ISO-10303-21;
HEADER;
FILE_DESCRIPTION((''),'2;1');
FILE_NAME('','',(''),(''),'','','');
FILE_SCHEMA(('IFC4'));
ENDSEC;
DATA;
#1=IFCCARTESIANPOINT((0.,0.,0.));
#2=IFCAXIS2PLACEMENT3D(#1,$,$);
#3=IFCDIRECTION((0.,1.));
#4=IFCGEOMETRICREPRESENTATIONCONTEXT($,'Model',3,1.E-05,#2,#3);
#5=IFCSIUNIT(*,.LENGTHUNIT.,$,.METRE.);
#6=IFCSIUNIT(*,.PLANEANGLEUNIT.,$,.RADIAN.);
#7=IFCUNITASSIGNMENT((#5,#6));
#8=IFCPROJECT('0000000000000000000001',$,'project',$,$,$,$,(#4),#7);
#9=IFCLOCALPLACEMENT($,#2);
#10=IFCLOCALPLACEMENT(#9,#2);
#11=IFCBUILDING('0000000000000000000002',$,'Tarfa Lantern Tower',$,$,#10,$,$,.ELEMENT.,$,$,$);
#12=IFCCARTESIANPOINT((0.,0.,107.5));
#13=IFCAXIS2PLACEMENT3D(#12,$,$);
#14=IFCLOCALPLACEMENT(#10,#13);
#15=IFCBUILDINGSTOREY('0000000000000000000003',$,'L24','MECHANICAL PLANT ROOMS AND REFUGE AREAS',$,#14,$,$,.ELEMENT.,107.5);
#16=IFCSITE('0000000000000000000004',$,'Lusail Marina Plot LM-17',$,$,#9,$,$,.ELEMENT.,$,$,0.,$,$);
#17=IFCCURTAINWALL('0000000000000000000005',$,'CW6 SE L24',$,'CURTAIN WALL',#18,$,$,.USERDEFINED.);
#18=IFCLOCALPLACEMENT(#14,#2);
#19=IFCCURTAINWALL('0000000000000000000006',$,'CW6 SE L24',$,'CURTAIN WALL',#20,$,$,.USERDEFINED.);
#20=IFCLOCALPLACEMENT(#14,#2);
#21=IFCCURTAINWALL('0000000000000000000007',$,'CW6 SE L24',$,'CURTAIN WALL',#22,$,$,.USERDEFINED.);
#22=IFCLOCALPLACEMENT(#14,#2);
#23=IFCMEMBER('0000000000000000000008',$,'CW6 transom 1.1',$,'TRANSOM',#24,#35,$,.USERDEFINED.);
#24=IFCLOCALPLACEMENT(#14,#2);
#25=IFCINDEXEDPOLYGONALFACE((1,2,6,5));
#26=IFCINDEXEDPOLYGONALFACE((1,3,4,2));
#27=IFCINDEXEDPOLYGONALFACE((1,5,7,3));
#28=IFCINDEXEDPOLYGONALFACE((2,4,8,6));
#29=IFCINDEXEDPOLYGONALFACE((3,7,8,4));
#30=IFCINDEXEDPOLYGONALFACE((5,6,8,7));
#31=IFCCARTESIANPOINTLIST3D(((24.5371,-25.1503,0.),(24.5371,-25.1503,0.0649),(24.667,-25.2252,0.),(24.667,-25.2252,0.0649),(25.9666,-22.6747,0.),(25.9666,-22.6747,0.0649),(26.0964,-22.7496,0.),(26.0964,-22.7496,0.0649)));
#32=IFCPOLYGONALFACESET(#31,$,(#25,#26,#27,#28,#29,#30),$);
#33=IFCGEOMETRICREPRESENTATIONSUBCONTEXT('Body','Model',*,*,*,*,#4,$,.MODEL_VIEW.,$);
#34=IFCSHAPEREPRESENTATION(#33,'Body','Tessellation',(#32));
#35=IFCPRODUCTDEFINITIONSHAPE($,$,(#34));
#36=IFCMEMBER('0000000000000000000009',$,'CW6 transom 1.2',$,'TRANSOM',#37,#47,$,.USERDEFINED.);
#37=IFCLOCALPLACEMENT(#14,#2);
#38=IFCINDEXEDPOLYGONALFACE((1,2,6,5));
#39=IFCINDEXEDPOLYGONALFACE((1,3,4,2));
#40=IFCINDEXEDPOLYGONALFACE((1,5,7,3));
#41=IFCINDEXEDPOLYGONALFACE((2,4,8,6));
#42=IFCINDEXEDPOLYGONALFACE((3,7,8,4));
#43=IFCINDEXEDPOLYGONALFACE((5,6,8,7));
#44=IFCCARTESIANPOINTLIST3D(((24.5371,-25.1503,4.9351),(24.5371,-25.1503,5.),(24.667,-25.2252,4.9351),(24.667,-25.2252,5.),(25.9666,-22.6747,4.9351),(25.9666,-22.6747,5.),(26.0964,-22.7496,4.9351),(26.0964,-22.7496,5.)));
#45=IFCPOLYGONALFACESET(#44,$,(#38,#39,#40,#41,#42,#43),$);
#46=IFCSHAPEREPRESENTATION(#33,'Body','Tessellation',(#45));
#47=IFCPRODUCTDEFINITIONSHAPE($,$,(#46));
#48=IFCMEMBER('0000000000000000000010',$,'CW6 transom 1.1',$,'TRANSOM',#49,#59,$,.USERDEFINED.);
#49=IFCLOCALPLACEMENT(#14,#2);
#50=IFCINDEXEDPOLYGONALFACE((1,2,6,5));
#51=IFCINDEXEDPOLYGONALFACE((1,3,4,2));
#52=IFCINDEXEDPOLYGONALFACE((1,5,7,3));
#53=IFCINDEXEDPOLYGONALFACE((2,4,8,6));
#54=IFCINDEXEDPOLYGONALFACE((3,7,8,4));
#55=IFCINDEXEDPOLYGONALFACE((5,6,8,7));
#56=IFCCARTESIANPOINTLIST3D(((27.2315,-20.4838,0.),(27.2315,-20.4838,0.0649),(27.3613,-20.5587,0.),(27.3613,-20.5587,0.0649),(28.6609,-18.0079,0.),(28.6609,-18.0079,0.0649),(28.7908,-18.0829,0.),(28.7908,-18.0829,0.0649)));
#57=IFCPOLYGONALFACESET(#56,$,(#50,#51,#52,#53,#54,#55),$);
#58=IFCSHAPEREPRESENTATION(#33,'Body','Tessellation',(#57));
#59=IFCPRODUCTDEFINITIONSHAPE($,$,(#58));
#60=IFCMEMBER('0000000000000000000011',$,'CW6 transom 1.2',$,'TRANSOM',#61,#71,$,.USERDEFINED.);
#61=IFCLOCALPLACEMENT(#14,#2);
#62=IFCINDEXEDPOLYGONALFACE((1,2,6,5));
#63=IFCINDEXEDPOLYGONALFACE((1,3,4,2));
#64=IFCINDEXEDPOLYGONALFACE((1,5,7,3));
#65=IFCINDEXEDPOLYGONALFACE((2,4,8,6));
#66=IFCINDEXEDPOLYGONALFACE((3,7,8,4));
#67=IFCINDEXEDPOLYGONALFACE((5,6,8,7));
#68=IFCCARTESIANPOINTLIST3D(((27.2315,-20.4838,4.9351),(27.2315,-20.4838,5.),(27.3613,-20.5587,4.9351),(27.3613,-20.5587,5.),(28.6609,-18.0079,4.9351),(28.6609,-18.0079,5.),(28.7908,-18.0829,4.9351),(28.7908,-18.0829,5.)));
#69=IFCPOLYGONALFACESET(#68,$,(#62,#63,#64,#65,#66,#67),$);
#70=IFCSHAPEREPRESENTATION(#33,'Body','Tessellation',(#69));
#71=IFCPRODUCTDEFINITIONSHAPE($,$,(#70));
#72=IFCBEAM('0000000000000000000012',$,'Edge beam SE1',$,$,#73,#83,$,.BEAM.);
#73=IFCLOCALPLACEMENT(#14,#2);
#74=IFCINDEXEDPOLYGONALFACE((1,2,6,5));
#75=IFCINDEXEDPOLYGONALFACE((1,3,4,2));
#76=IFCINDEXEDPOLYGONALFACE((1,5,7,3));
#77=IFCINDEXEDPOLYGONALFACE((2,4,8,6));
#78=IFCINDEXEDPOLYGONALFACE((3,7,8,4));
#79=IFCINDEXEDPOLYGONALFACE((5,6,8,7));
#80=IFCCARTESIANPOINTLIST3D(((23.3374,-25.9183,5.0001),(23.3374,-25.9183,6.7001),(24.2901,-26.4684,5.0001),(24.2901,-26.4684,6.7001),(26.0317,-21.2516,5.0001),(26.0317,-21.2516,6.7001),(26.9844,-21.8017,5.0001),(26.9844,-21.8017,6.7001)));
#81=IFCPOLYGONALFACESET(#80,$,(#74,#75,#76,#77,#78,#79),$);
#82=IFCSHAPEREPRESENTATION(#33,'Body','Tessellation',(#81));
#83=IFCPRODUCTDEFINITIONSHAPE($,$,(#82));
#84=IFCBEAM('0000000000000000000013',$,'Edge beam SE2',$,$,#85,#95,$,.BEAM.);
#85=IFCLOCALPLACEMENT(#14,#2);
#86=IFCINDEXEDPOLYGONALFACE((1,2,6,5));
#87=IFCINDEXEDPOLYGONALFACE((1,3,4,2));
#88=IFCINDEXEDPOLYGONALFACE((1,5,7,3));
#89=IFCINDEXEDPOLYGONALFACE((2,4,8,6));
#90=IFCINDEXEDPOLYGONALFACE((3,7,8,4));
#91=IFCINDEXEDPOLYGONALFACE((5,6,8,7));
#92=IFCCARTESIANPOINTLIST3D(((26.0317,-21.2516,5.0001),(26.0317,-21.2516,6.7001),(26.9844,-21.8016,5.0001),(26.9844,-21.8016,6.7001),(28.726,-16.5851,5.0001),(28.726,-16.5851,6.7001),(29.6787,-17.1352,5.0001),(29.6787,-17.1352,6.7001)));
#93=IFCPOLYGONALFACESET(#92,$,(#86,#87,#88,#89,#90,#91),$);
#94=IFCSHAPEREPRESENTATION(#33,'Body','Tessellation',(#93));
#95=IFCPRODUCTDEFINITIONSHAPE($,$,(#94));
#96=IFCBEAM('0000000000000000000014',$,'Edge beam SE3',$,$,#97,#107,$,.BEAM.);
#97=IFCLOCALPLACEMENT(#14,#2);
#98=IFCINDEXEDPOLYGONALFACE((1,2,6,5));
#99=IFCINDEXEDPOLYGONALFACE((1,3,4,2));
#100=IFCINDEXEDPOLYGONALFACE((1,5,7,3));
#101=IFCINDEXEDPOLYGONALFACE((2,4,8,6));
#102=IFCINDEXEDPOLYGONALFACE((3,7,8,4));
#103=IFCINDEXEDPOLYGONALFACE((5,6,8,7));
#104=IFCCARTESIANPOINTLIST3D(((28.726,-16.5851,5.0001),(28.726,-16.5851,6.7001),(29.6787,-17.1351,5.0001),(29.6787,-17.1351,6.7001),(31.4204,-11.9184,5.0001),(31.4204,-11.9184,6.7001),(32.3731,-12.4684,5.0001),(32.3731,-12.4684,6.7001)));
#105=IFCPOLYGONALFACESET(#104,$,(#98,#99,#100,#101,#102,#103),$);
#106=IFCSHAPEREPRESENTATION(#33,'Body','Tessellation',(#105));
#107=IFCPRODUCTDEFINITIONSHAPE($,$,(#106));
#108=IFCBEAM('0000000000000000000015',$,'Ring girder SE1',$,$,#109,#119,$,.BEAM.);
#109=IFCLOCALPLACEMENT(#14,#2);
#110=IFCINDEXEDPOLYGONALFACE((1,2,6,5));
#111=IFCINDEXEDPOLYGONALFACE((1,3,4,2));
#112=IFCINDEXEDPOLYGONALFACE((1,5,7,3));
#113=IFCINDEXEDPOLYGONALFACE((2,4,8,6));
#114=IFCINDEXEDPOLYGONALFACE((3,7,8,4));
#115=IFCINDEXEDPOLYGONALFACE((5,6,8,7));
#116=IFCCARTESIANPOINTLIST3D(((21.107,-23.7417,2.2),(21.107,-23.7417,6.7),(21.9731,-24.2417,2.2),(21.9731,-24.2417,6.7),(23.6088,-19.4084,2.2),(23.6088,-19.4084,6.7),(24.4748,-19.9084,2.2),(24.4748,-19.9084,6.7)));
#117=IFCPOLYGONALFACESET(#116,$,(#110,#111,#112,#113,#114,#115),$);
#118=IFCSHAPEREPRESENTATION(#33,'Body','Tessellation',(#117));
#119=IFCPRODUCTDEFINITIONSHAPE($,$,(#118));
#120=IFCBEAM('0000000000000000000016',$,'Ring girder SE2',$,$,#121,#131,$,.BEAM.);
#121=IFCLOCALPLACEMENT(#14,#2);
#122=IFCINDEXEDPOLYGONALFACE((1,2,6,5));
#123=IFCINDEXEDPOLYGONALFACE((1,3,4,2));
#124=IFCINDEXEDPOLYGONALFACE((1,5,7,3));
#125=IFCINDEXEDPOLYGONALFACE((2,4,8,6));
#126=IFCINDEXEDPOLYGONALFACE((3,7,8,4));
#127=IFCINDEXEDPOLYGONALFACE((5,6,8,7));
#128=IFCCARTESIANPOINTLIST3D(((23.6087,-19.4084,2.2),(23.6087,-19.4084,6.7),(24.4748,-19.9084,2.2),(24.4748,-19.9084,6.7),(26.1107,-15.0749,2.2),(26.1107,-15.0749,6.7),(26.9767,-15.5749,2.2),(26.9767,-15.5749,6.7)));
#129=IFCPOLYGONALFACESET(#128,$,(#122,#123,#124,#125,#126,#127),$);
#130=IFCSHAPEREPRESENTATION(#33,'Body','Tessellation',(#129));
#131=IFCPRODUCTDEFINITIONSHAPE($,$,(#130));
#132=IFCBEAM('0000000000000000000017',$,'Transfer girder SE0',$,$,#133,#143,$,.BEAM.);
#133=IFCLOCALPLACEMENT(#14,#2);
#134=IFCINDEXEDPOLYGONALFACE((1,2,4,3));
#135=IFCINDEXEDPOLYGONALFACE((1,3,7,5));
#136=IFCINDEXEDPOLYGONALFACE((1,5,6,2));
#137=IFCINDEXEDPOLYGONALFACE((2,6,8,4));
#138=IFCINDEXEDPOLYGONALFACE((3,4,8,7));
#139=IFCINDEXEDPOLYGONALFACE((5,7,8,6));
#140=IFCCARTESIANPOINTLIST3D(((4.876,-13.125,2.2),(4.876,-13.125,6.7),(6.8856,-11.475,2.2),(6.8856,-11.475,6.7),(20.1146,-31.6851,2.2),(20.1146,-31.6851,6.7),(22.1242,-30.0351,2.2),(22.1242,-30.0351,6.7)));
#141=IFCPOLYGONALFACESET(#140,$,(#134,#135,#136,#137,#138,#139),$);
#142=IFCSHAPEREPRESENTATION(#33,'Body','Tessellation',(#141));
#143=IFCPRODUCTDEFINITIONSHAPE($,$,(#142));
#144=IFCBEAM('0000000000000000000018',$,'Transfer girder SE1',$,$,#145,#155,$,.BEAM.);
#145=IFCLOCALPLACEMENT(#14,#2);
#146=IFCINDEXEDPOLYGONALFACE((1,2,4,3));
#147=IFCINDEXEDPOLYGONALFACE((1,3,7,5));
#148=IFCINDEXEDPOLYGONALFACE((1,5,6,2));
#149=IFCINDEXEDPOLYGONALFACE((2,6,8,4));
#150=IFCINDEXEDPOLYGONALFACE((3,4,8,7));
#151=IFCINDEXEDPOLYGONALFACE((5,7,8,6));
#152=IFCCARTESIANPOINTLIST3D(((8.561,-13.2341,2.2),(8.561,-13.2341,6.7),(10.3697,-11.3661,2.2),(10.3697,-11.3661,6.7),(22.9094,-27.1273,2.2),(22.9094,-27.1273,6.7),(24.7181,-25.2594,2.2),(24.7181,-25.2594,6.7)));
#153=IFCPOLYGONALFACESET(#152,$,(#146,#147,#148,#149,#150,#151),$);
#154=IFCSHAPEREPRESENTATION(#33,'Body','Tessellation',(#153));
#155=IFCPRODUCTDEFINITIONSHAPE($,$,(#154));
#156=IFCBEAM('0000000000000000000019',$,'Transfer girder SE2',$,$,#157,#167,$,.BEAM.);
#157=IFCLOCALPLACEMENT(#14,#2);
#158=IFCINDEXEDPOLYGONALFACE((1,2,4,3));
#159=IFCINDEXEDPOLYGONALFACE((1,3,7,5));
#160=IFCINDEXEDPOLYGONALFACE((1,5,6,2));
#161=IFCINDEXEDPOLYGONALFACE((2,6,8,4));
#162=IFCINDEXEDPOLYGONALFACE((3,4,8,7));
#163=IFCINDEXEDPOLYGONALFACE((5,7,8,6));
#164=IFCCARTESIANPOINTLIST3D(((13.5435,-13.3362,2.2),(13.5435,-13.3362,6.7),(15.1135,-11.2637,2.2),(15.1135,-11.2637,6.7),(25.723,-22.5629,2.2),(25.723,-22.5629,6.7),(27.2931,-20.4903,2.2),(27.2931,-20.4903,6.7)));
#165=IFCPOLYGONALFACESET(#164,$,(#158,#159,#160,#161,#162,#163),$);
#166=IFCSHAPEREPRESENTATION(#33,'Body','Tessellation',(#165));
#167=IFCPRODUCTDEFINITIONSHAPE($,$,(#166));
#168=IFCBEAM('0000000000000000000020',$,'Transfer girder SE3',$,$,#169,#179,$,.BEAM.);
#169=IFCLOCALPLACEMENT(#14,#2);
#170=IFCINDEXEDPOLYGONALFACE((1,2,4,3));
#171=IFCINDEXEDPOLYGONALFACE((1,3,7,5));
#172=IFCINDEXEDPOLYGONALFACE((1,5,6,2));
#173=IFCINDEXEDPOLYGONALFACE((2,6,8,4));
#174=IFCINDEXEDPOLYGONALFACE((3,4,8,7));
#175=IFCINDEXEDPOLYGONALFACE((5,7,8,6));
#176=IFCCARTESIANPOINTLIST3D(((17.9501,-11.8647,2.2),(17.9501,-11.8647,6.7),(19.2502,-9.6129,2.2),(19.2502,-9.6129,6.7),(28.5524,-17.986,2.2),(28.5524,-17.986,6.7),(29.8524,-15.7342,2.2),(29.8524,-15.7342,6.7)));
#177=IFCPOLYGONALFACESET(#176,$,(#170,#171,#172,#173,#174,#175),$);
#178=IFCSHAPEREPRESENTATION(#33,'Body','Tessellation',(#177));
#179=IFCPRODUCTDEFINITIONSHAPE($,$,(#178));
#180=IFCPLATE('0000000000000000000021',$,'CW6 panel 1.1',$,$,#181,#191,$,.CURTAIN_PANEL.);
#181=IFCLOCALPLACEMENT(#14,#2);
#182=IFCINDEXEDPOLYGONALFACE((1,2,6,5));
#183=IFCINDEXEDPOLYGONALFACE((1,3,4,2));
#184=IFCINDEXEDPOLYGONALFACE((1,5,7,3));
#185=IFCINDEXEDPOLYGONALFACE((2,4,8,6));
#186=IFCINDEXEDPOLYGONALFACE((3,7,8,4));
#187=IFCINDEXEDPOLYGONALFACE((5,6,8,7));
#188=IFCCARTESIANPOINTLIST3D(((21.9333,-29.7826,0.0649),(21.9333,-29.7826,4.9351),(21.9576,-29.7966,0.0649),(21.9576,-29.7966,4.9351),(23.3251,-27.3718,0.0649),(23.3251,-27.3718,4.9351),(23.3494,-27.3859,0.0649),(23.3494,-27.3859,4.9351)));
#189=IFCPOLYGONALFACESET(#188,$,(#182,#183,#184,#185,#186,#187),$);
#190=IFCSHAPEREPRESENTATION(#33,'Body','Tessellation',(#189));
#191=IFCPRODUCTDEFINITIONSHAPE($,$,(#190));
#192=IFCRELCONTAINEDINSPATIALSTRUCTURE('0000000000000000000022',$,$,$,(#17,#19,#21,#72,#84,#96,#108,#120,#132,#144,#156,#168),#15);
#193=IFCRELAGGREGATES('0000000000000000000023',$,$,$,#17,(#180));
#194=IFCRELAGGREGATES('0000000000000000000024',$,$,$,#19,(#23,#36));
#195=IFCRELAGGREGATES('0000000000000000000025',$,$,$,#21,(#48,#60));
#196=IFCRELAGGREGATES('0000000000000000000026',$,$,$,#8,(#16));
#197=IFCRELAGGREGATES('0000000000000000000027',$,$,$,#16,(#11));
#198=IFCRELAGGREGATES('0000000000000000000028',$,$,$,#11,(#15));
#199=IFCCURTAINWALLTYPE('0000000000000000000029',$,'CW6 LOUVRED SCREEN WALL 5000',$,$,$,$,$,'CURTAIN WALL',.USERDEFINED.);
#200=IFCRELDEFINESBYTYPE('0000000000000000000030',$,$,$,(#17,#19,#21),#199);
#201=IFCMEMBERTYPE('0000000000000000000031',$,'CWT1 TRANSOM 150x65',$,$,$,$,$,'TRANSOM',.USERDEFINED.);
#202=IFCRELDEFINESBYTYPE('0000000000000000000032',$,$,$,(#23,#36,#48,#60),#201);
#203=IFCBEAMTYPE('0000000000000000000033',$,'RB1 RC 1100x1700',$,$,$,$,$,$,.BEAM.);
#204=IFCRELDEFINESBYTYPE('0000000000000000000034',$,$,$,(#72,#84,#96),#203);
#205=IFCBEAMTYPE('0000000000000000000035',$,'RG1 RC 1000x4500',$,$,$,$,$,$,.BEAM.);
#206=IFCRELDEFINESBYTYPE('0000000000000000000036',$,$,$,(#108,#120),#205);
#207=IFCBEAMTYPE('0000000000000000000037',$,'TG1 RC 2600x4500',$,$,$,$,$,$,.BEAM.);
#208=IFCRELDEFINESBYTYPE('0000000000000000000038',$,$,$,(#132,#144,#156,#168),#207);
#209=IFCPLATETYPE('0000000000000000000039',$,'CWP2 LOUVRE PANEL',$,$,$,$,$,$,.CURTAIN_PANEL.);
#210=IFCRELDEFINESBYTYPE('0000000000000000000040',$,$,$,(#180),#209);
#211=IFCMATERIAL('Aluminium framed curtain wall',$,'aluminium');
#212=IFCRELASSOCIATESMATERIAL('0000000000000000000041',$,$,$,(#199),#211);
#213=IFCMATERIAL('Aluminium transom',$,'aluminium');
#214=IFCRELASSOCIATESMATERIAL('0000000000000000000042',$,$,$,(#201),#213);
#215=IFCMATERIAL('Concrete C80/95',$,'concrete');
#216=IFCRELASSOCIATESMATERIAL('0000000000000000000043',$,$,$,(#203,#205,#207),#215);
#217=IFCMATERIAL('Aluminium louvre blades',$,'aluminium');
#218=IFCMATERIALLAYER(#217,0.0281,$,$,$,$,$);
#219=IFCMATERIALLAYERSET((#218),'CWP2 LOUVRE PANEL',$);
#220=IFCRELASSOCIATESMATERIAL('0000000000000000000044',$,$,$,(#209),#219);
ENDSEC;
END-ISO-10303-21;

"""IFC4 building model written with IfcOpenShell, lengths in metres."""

from ifc_helpers import new_model, si_unit, direction, frame, origin, origin_2d, place, context, subcontext, project, spatial, rectangle, extrude, material, layer, layer_set, material_profile, profile_set, type_object, element, aggregate, save


model = new_model("IFC4")

# Units and contexts
model_context = context("Model", 3, precision=1e-05, world=origin(), true_north=direction((0.0, 1.0)))
body_context = subcontext(model_context, "Body", "Model", "MODEL_VIEW")
ifc_project = project(units=[si_unit("LENGTHUNIT", "METRE"), si_unit("PLANEANGLEUNIT", "RADIAN")], contexts=[model_context])

# Site, building, storey
site_placement = place(None, origin())
site = spatial("IfcSite", under=ifc_project, at=site_placement, Name="Lusail Marina Plot LM-17", CompositionType="ELEMENT", RefElevation=0.0)
building_placement = place(site_placement, origin())
building = spatial("IfcBuilding", under=site, at=building_placement, Name="Tarfa Lantern Tower", CompositionType="ELEMENT")
storey_placement = place(building_placement, frame((0.0, 0.0, 107.5)))
storey = spatial("IfcBuildingStorey", under=building, at=storey_placement, Name="L24", Description="MECHANICAL PLANT ROOMS AND REFUGE AREAS", CompositionType="ELEMENT", Elevation=107.5)

# Shared definitions
ifc_material_1 = material(Name="Concrete C80/95", Category="concrete")

# Curtain walls
ifc_material_2 = material(Name="Aluminium framed curtain wall", Category="aluminium")
curtain_wall_type = type_object("IfcCurtainWallType", Name="CW6 LOUVRED SCREEN WALL 5000", ElementType="CURTAIN WALL", PredefinedType="USERDEFINED", material=ifc_material_2)
curtain_wall_1_placement = place(storey_placement, origin())
curtain_wall_1 = element("IfcCurtainWall", 1, at=curtain_wall_1_placement, inside=storey, type_object=curtain_wall_type, Name="CW6 SE L24", ObjectType="CURTAIN WALL", PredefinedType="USERDEFINED")
curtain_wall_2_placement = place(storey_placement, origin())
curtain_wall_2 = element("IfcCurtainWall", 2, at=curtain_wall_2_placement, inside=storey, type_object=curtain_wall_type, Name="CW6 SE L24", ObjectType="CURTAIN WALL", PredefinedType="USERDEFINED")
curtain_wall_3_placement = place(storey_placement, origin())
curtain_wall_3 = element("IfcCurtainWall", 3, at=curtain_wall_3_placement, inside=storey, type_object=curtain_wall_type, Name="CW6 SE L24", ObjectType="CURTAIN WALL", PredefinedType="USERDEFINED")

# Members
ifc_material_3 = material(Name="Aluminium transom", Category="aluminium")
ifc_material_profile_1 = material_profile(ifc_material_3, rectangle(XDim=0.1499, YDim=0.0649, at=origin_2d()), Name="AL TRANSOM 150x65")
ifc_profile_set_1 = profile_set([ifc_material_profile_1], Name="Aluminium transom")
member_type_1 = type_object("IfcMemberType", Name="CWT1 TRANSOM 150x65", ElementType="TRANSOM", PredefinedType="USERDEFINED", material=ifc_profile_set_1)
member_1_placement = place(storey_placement, frame((24.6021, -25.1877, 0.0325), z_axis=(0.500043, 0.866001, 0.0), x_axis=(-0.866001, 0.500043, 0.0)))
member_1 = element("IfcMember", 4, at=member_1_placement, type_object=member_type_1, Name="CW6 transom 1.1", ObjectType="TRANSOM", PredefinedType="USERDEFINED", context=body_context, shape_type="SweptSolid", body=[
    extrude(rectangle(XDim=0.1499, YDim=0.0649, at=origin_2d()), origin(), (0.0, 0.0, 1.0), 2.8586),
])
member_2_placement = place(storey_placement, frame((24.6021, -25.1877, 4.9675), z_axis=(0.500043, 0.866001, 0.0), x_axis=(-0.866001, 0.500043, 0.0)))
member_2 = element("IfcMember", 5, at=member_2_placement, type_object=member_type_1, Name="CW6 transom 1.2", ObjectType="TRANSOM", PredefinedType="USERDEFINED", context=body_context, shape_type="SweptSolid", body=[
    extrude(rectangle(XDim=0.1499, YDim=0.0649, at=origin_2d()), origin(), (0.0, 0.0, 1.0), 2.8586),
])
member_3_placement = place(storey_placement, frame((27.2964, -20.5212, 0.0325), z_axis=(0.500006, 0.866022, 0.0), x_axis=(-0.866022, 0.500006, 0.0)))
member_3 = element("IfcMember", 6, at=member_3_placement, type_object=member_type_1, Name="CW6 transom 1.1", ObjectType="TRANSOM", PredefinedType="USERDEFINED", context=body_context, shape_type="SweptSolid", body=[
    extrude(rectangle(XDim=0.1499, YDim=0.0649, at=origin_2d()), origin(), (0.0, 0.0, 1.0), 2.8589),
])
member_4_placement = place(storey_placement, frame((27.2964, -20.5212, 4.9675), z_axis=(0.500006, 0.866022, 0.0), x_axis=(-0.866022, 0.500006, 0.0)))
member_4 = element("IfcMember", 7, at=member_4_placement, type_object=member_type_1, Name="CW6 transom 1.2", ObjectType="TRANSOM", PredefinedType="USERDEFINED", context=body_context, shape_type="SweptSolid", body=[
    extrude(rectangle(XDim=0.1499, YDim=0.0649, at=origin_2d()), origin(), (0.0, 0.0, 1.0), 2.8589),
])

# Beams
ifc_material_profile_2 = material_profile(ifc_material_1, rectangle(XDim=1.1001, YDim=1.7, at=origin_2d()), Name="RC 1100x1700")
ifc_profile_set_2 = profile_set([ifc_material_profile_2], Name="Concrete C80/95")
beam_type_1 = type_object("IfcBeamType", Name="RB1 RC 1100x1700", PredefinedType="BEAM", material=ifc_profile_set_2)
beam_1_placement = place(storey_placement, frame((23.8137, -26.1934, 5.8501), z_axis=(0.499998, 0.866026, 0.0), x_axis=(-0.866026, 0.499998, 0.0)))
element("IfcBeam", 8, at=beam_1_placement, inside=storey, type_object=beam_type_1, Name="Edge beam SE1", PredefinedType="BEAM", context=body_context, shape_type="SweptSolid", body=[
    extrude(rectangle(XDim=1.1001, YDim=1.7, at=origin_2d()), origin(), (0.0, 0.0, 1.0), 5.3887),
])
beam_2_placement = place(storey_placement, frame((26.5081, -21.5266, 5.8501), z_axis=(0.500018, 0.866015, 0.0), x_axis=(-0.866015, 0.500018, 0.0)))
element("IfcBeam", 9, at=beam_2_placement, inside=storey, type_object=beam_type_1, Name="Edge beam SE2", PredefinedType="BEAM", context=body_context, shape_type="SweptSolid", body=[
    extrude(rectangle(XDim=1.1001, YDim=1.7, at=origin_2d()), origin(), (0.0, 0.0, 1.0), 5.3884),
])
beam_3_placement = place(storey_placement, frame((29.2024, -16.8601, 5.8501), z_axis=(0.499998, 0.866026, 0.0), x_axis=(-0.866026, 0.499998, 0.0)))
element("IfcBeam", 10, at=beam_3_placement, inside=storey, type_object=beam_type_1, Name="Edge beam SE3", PredefinedType="BEAM", context=body_context, shape_type="SweptSolid", body=[
    extrude(rectangle(XDim=1.1001, YDim=1.7, at=origin_2d()), origin(), (0.0, 0.0, 1.0), 5.3887),
])
ifc_material_profile_3 = material_profile(ifc_material_1, rectangle(XDim=1.0, YDim=4.5, at=origin_2d()), Name="RC 1000x4500")
ifc_profile_set_3 = profile_set([ifc_material_profile_3], Name="Concrete C80/95")
beam_type_2 = type_object("IfcBeamType", Name="RG1 RC 1000x4500", PredefinedType="BEAM", material=ifc_profile_set_3)
beam_4_placement = place(storey_placement, frame((21.54, -23.9917, 4.45), z_axis=(0.499986, 0.866034, 0.0), x_axis=(-0.866034, 0.499986, 0.0)))
element("IfcBeam", 11, at=beam_4_placement, inside=storey, type_object=beam_type_2, Name="Ring girder SE1", PredefinedType="BEAM", context=body_context, shape_type="SweptSolid", body=[
    extrude(rectangle(XDim=1.0, YDim=4.5, at=origin_2d()), origin(), (0.0, 0.0, 1.0), 5.0037),
])
beam_5_placement = place(storey_placement, frame((24.0417, -19.6584, 4.45), z_axis=(0.500001, 0.866025, 0.0), x_axis=(-0.866025, 0.500001, 0.0)))
element("IfcBeam", 12, at=beam_5_placement, inside=storey, type_object=beam_type_2, Name="Ring girder SE2", PredefinedType="BEAM", context=body_context, shape_type="SweptSolid", body=[
    extrude(rectangle(XDim=1.0, YDim=4.5, at=origin_2d()), origin(), (0.0, 0.0, 1.0), 5.0039),
])
ifc_material_profile_4 = material_profile(ifc_material_1, rectangle(XDim=2.6001, YDim=4.5, at=origin_2d()), Name="RC 2600x4500")
ifc_profile_set_4 = profile_set([ifc_material_profile_4], Name="Concrete C80/95")
beam_type_3 = type_object("IfcBeamType", Name="TG1 RC 2600x4500", PredefinedType="BEAM", material=ifc_profile_set_4)
beam_6_placement = place(storey_placement, frame((21.1194, -30.8601, 4.45), z_axis=(-0.634559, 0.772874, 0.0), x_axis=(-0.772874, -0.634559, 0.0)))
element("IfcBeam", 13, at=beam_6_placement, inside=storey, type_object=beam_type_3, Name="Transfer girder SE0", PredefinedType="BEAM", context=body_context, shape_type="SweptSolid", body=[
    extrude(rectangle(XDim=2.6001, YDim=4.5, at=origin_2d()), origin(), (0.0, 0.0, 1.0), 24.0144),
])
beam_7_placement = place(storey_placement, frame((23.8137, -26.1934, 4.45), z_axis=(-0.718408, 0.695622, 0.0), x_axis=(-0.695622, -0.718408, 0.0)))
element("IfcBeam", 14, at=beam_7_placement, inside=storey, type_object=beam_type_3, Name="Transfer girder SE1", PredefinedType="BEAM", context=body_context, shape_type="SweptSolid", body=[
    extrude(rectangle(XDim=2.6001, YDim=4.5, at=origin_2d()), origin(), (0.0, 0.0, 1.0), 19.9724),
])
beam_8_placement = place(storey_placement, frame((26.5081, -21.5266, 4.45), z_axis=(-0.797101, 0.603846, 0.0), x_axis=(-0.603846, -0.797101, 0.0)))
element("IfcBeam", 15, at=beam_8_placement, inside=storey, type_object=beam_type_3, Name="Transfer girder SE2", PredefinedType="BEAM", context=body_context, shape_type="SweptSolid", body=[
    extrude(rectangle(XDim=2.6001, YDim=4.5, at=origin_2d()), origin(), (0.0, 0.0, 1.0), 15.2798),
])
beam_9_placement = place(storey_placement, frame((29.2024, -16.8601, 4.45), z_axis=(-0.866022, 0.500006, 0.0), x_axis=(-0.500006, -0.866022, 0.0)))
element("IfcBeam", 16, at=beam_9_placement, inside=storey, type_object=beam_type_3, Name="Transfer girder SE3", PredefinedType="BEAM", context=body_context, shape_type="SweptSolid", body=[
    extrude(rectangle(XDim=2.6001, YDim=4.5, at=origin_2d()), origin(), (0.0, 0.0, 1.0), 12.2424),
])

# Plate
ifc_material_4 = material(Name="Aluminium louvre blades", Category="aluminium")
ifc_layer = layer(ifc_material_4, 0.0281)
ifc_layer_set = layer_set([ifc_layer], Name="CWP2 LOUVRE PANEL")
plate_type = type_object("IfcPlateType", Name="CWP2 LOUVRE PANEL", PredefinedType="CURTAIN_PANEL", material=ifc_layer_set)
plate_1_placement = place(storey_placement, frame((22.6414, -28.5842, 0.0649), z_axis=(0.0, 0.0, 1.0), x_axis=(0.5, 0.866025, 0.0)))
plate_1 = element("IfcPlate", 17, at=plate_1_placement, type_object=plate_type, Name="CW6 panel 1.1", PredefinedType="CURTAIN_PANEL", context=body_context, shape_type="SweptSolid", body=[
    extrude(rectangle(XDim=2.7837, YDim=0.0281, at=origin_2d()), origin(), (0.0, 0.0, 1.0), 4.8701),
])
aggregate(curtain_wall_1, [plate_1])
aggregate(curtain_wall_2, [member_1, member_2])
aggregate(curtain_wall_3, [member_3, member_4])

save(model, "model.ifc")
